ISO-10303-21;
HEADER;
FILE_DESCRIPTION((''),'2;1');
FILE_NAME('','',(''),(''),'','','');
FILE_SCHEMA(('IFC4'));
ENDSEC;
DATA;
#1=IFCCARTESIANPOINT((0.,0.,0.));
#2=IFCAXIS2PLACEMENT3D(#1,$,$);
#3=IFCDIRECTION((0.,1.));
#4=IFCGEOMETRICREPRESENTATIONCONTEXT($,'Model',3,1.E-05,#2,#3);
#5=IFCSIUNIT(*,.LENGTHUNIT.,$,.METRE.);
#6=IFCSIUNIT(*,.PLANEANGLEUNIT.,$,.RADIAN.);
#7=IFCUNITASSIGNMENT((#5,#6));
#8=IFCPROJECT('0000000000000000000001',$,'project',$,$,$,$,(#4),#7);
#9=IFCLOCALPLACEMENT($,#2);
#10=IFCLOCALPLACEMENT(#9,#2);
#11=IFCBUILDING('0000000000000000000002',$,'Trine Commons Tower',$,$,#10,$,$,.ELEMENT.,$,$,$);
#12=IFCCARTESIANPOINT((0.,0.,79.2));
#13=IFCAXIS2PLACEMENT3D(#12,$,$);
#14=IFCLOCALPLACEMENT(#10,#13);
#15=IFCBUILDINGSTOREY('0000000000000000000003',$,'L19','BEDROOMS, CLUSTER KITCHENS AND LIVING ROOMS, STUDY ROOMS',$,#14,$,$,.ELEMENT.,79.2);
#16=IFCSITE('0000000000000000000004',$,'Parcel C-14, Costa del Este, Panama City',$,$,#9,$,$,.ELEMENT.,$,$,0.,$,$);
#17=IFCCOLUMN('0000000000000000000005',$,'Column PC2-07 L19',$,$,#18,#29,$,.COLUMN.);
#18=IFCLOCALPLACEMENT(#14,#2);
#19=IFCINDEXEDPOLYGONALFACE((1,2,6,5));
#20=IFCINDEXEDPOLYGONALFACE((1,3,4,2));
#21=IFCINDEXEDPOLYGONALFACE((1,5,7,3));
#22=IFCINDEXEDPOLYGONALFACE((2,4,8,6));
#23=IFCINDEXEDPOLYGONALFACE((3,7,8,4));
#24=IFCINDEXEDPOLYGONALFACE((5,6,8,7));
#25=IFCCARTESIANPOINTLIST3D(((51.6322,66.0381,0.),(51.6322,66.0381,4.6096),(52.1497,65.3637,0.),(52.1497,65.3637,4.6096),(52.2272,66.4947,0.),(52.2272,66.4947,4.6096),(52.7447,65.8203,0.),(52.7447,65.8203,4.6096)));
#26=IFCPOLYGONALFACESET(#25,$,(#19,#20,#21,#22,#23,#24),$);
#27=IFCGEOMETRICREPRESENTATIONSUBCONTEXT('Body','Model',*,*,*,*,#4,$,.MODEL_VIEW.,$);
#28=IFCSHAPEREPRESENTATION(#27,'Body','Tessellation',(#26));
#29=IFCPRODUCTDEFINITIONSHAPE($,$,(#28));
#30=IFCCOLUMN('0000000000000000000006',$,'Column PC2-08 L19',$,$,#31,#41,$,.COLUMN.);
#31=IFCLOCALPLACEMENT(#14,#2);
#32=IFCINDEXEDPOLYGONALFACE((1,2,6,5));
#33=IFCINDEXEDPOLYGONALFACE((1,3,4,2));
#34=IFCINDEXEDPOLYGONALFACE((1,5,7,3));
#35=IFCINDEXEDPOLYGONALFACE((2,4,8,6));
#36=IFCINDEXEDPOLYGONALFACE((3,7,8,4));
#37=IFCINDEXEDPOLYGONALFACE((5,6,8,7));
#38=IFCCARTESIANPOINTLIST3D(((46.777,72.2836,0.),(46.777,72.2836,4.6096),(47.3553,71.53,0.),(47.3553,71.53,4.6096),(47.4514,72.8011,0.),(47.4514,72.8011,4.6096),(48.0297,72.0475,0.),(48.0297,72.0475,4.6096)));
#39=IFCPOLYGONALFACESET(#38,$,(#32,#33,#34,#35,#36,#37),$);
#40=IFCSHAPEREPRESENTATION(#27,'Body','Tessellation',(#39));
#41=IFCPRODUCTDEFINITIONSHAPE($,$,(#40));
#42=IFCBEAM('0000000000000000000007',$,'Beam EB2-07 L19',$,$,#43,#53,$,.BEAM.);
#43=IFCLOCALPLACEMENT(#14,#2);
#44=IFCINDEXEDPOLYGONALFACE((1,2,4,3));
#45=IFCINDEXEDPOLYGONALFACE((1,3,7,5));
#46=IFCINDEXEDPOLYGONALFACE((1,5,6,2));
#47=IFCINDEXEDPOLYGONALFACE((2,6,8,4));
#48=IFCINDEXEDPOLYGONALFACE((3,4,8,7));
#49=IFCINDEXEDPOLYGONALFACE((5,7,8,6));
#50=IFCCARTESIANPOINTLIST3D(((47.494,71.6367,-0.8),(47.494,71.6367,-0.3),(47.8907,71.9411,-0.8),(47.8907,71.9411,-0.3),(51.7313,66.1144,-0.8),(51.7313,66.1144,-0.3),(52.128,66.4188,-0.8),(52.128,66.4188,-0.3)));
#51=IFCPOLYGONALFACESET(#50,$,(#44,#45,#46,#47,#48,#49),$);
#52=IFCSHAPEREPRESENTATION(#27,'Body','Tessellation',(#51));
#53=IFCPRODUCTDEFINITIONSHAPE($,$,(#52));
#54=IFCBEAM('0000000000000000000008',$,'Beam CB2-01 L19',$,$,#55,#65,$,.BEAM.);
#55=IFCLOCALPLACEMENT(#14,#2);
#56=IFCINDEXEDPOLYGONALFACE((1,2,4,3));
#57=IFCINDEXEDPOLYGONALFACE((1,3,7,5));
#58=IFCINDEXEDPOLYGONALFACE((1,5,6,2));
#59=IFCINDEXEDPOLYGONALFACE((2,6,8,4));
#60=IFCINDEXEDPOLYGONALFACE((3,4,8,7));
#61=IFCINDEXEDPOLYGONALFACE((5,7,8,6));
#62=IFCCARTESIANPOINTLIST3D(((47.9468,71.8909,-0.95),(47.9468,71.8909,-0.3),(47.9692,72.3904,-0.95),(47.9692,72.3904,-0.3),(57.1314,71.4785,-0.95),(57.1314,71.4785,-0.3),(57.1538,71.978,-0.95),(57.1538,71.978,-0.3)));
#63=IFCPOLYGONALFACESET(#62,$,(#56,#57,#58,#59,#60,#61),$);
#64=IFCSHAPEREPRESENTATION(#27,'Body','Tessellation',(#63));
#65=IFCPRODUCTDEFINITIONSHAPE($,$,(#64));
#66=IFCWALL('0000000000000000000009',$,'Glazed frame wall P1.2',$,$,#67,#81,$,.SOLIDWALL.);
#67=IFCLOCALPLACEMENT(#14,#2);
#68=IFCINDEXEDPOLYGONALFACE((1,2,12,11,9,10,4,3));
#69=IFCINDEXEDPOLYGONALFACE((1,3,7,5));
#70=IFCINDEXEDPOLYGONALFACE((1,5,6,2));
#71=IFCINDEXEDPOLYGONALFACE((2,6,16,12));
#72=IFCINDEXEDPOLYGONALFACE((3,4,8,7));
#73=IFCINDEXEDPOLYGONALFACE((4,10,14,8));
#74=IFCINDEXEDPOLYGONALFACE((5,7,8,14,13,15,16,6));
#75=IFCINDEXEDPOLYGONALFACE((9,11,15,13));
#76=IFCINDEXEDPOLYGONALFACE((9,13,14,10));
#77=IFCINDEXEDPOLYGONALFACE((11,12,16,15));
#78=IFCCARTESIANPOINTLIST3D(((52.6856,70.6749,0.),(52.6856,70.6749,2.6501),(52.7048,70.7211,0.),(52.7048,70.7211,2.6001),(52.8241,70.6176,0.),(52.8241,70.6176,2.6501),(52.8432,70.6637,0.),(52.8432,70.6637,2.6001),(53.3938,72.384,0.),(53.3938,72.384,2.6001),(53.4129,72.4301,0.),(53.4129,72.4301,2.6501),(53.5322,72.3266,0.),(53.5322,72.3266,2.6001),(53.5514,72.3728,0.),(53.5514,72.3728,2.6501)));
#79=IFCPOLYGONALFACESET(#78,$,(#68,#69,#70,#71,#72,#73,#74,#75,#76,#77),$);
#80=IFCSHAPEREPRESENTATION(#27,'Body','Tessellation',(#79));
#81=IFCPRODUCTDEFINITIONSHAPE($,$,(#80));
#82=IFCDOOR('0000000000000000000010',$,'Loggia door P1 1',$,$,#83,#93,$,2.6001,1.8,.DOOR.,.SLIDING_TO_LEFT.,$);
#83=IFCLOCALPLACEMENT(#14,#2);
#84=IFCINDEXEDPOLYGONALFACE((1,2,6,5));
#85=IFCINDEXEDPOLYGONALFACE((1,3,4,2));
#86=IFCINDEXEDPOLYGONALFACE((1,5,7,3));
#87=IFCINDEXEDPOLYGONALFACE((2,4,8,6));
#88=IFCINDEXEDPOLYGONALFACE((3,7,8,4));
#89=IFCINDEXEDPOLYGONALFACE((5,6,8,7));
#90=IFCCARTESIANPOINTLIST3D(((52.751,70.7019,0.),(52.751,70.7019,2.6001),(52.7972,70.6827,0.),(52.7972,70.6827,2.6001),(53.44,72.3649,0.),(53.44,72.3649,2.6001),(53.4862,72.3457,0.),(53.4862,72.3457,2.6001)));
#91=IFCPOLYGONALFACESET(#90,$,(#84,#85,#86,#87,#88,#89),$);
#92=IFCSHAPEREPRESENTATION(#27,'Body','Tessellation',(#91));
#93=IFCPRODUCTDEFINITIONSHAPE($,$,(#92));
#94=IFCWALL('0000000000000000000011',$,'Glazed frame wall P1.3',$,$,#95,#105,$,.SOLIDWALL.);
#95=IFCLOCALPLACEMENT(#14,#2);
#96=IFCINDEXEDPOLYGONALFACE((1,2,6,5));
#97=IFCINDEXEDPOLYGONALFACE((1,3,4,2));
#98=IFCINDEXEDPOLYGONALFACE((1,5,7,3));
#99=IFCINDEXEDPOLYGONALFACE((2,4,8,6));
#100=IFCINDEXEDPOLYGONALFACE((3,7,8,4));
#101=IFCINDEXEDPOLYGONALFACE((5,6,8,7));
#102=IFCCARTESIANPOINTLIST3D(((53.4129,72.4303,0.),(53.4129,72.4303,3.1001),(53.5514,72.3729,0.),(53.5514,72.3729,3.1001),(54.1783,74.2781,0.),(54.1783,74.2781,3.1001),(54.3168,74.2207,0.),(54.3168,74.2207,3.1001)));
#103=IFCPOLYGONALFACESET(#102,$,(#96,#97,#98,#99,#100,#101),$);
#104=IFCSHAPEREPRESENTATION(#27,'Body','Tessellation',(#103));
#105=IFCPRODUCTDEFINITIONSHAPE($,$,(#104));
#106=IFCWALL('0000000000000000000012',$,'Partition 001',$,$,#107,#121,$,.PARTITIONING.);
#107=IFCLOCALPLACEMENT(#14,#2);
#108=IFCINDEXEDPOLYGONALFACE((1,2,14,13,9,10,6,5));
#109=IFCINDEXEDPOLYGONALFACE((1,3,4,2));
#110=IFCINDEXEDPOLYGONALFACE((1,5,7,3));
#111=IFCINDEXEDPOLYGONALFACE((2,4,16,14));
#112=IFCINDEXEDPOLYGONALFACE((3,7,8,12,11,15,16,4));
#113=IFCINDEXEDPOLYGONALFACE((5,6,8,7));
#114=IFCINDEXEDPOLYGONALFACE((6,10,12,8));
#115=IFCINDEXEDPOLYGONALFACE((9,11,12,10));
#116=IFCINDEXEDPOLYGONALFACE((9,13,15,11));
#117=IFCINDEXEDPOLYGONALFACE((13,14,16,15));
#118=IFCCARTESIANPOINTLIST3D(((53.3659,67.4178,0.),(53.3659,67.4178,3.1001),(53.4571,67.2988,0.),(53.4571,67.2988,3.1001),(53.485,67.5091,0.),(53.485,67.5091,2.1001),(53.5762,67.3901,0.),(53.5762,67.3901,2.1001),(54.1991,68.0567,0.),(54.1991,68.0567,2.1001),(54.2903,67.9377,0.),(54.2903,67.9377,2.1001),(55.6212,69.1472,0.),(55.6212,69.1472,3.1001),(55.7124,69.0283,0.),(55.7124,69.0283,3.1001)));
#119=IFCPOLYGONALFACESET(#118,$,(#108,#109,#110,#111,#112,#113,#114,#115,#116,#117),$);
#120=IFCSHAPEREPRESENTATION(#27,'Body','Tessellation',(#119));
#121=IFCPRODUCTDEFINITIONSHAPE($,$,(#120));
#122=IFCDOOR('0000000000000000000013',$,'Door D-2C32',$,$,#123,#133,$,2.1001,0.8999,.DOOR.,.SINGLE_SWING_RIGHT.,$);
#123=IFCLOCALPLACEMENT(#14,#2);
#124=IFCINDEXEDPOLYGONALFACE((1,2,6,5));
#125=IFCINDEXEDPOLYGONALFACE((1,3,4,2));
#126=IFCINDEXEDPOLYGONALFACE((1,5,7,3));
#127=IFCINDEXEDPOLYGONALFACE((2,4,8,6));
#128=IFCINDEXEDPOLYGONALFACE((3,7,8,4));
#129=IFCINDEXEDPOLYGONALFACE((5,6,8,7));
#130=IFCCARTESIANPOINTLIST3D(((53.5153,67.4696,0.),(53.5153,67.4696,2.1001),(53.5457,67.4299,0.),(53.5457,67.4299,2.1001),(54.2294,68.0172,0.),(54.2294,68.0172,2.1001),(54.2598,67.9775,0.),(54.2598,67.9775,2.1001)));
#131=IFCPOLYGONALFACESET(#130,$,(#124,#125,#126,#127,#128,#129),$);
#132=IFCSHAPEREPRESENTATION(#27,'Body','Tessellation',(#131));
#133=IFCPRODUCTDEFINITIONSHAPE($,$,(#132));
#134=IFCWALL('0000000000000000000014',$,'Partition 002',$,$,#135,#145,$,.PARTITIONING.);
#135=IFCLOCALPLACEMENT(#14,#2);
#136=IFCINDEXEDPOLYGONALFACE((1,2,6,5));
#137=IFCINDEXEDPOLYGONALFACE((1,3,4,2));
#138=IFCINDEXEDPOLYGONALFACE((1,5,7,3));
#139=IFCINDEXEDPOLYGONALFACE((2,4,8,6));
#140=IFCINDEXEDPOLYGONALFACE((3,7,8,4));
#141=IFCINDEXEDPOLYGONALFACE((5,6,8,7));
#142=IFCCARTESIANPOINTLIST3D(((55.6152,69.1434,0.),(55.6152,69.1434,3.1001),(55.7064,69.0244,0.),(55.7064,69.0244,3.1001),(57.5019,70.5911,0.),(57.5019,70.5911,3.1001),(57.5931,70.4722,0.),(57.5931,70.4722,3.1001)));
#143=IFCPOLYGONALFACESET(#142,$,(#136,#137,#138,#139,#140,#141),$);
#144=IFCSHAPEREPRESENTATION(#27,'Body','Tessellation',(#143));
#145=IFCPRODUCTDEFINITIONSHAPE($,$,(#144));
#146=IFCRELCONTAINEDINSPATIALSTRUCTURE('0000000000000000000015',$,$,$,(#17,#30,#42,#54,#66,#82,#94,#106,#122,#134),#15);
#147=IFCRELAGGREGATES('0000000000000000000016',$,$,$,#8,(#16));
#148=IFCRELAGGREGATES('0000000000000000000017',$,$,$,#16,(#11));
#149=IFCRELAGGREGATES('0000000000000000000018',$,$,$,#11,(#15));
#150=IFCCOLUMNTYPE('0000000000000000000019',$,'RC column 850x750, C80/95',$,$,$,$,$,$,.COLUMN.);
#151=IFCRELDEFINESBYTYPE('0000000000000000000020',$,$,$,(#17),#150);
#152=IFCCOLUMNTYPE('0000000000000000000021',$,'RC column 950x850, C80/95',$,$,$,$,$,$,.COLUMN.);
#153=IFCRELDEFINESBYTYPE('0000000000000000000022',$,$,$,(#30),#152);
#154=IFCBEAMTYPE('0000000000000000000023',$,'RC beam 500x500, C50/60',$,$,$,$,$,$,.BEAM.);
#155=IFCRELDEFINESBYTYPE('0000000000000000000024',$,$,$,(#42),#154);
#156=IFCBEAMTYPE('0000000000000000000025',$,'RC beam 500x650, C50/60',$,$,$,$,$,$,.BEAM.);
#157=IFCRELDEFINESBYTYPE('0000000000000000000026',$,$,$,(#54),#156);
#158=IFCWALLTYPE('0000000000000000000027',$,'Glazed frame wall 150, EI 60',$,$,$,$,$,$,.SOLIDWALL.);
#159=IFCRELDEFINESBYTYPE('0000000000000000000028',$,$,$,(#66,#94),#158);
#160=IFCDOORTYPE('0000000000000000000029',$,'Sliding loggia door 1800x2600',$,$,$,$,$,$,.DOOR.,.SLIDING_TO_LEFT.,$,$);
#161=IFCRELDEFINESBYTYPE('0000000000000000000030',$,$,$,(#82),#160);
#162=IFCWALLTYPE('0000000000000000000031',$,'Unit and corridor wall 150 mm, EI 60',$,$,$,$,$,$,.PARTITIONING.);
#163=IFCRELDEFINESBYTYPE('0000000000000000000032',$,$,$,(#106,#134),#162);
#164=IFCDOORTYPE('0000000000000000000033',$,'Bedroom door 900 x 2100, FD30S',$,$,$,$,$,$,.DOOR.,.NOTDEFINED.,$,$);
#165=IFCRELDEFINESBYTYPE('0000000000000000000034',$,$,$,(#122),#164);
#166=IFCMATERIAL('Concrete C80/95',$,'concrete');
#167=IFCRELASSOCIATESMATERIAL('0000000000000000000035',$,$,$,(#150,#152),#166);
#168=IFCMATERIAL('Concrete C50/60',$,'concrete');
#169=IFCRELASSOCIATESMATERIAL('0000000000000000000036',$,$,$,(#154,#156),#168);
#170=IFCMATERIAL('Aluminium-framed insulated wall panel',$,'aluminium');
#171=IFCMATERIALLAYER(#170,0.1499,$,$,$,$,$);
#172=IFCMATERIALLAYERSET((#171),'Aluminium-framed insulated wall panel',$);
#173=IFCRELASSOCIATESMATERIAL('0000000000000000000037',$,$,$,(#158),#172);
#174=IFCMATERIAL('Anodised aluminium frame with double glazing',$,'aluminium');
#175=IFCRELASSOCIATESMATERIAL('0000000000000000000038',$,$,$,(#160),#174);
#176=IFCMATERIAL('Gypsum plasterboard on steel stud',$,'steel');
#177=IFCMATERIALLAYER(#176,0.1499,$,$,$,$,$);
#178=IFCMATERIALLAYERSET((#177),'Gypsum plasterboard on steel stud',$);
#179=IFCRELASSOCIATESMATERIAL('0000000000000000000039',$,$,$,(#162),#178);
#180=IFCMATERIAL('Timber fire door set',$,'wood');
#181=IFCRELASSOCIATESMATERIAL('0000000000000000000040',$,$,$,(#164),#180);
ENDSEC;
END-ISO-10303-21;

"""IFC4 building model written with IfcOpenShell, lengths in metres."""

from ifc_helpers import new_model, si_unit, direction, frame, frame_2d, origin, origin_2d, place, context, subcontext, project, spatial, polyline, rectangle, outline, extrude, material, layer, layer_set, material_profile, profile_set, type_object, element, fill, save


model = new_model("IFC4")

# Units and contexts
model_context = context("Model", 3, precision=1e-05, world=origin(), true_north=direction((0.0, 1.0)))
body_context = subcontext(model_context, "Body", "Model", "MODEL_VIEW")
ifc_project = project(units=[si_unit("LENGTHUNIT", "METRE"), si_unit("PLANEANGLEUNIT", "RADIAN")], contexts=[model_context])

# Site, building, storey
site_placement = place(None, origin())
site = spatial("IfcSite", under=ifc_project, at=site_placement, Name="Parcel C-14, Costa del Este, Panama City", CompositionType="ELEMENT", RefElevation=0.0)
building_placement = place(site_placement, origin())
building = spatial("IfcBuilding", under=site, at=building_placement, Name="Trine Commons Tower", CompositionType="ELEMENT")
storey_placement = place(building_placement, frame((0.0, 0.0, 79.2)))
storey = spatial("IfcBuildingStorey", under=building, at=storey_placement, Name="L19", Description="BEDROOMS, CLUSTER KITCHENS AND LIVING ROOMS, STUDY ROOMS", CompositionType="ELEMENT", Elevation=79.2)

# Columns
ifc_material_1 = material(Name="Concrete C80/95", Category="concrete")
ifc_material_profile_1 = material_profile(ifc_material_1, rectangle(XDim=0.8501, YDim=0.75, at=origin_2d()), Name="RC 850x750")
ifc_profile_set_1 = profile_set([ifc_material_profile_1], Name="Concrete C80/95")
column_type_1 = type_object("IfcColumnType", Name="RC column 850x750, C80/95", PredefinedType="COLUMN", material=ifc_profile_set_1)
column_1_placement = place(storey_placement, frame((52.1885, 65.9292, 0.0), z_axis=(0.0, 0.0, 1.0), x_axis=(-0.608761, 0.793353, 0.0)))
element("IfcColumn", 1, at=column_1_placement, inside=storey, type_object=column_type_1, Name="Column PC2-07 L19", PredefinedType="COLUMN", context=body_context, shape_type="SweptSolid", body=[
    extrude(rectangle(XDim=0.8501, YDim=0.75, at=origin_2d()), origin(), (0.0, 0.0, 1.0), 4.6096),
])
ifc_material_profile_2 = material_profile(ifc_material_1, rectangle(XDim=0.95, YDim=0.8501, at=origin_2d()), Name="RC 950x850")
ifc_profile_set_2 = profile_set([ifc_material_profile_2], Name="Concrete C80/95")
column_type_2 = type_object("IfcColumnType", Name="RC column 950x850, C80/95", PredefinedType="COLUMN", material=ifc_profile_set_2)
column_2_placement = place(storey_placement, frame((47.4033, 72.1655, 0.0), z_axis=(0.0, 0.0, 1.0), x_axis=(-0.608761, 0.793353, 0.0)))
element("IfcColumn", 2, at=column_2_placement, inside=storey, type_object=column_type_2, Name="Column PC2-08 L19", PredefinedType="COLUMN", context=body_context, shape_type="SweptSolid", body=[
    extrude(rectangle(XDim=0.95, YDim=0.8501, at=origin_2d()), origin(), (0.0, 0.0, 1.0), 4.6096),
])

# Beams
ifc_material_2 = material(Name="Concrete C50/60", Category="concrete")
ifc_material_profile_3 = material_profile(ifc_material_2, rectangle(XDim=0.5, YDim=0.5, at=origin_2d()), Name="RC 500x500")
ifc_profile_set_3 = profile_set([ifc_material_profile_3], Name="Concrete C50/60")
beam_type_1 = type_object("IfcBeamType", Name="RC beam 500x500, C50/60", PredefinedType="BEAM", material=ifc_profile_set_3)
beam_1_placement = place(storey_placement, frame((51.9297, 66.2666, -0.55), z_axis=(-0.608758, 0.793356, 0.0), x_axis=(-0.793356, -0.608758, 0.0)))
element("IfcBeam", 3, at=beam_1_placement, inside=storey, type_object=beam_type_1, Name="Beam EB2-07 L19", PredefinedType="BEAM", context=body_context, shape_type="SweptSolid", body=[
    extrude(rectangle(XDim=0.5, YDim=0.5, at=origin_2d()), origin(), (0.0, 0.0, 1.0), 6.9607),
])
ifc_material_profile_4 = material_profile(ifc_material_2, rectangle(XDim=0.5, YDim=0.6499, at=origin_2d()), Name="RC 500x650")
ifc_profile_set_4 = profile_set([ifc_material_profile_4], Name="Concrete C50/60")
beam_type_2 = type_object("IfcBeamType", Name="RC beam 500x650, C50/60", PredefinedType="BEAM", material=ifc_profile_set_4)
beam_2_placement = place(storey_placement, frame((47.958, 72.1406, -0.625), z_axis=(0.998994, -0.044851, 0.0), x_axis=(0.044851, 0.998994, 0.0)))
element("IfcBeam", 4, at=beam_2_placement, inside=storey, type_object=beam_type_2, Name="Beam CB2-01 L19", PredefinedType="BEAM", context=body_context, shape_type="SweptSolid", body=[
    extrude(rectangle(XDim=0.5, YDim=0.6499, at=origin_2d()), origin(), (0.0, 0.0, 1.0), 9.1938),
])

# Shared definitions
ifc_material_3 = material(Name="Aluminium-framed insulated wall panel", Category="aluminium")
ifc_layer_1 = layer(ifc_material_3, 0.1499)
ifc_layer_set_1 = layer_set([ifc_layer_1], Name="Aluminium-framed insulated wall panel")
wall_type_1 = type_object("IfcWallType", Name="Glazed frame wall 150, EI 60", PredefinedType="SOLIDWALL", material=ifc_layer_set_1)

# Wall, opening, door
wall_1_placement = place(storey_placement, frame((52.7549, 70.6462, 0.0), z_axis=(0.0, 0.0, 1.0), x_axis=(0.382772, 0.923843, 0.0)))
wall_1 = element("IfcWall", 5, at=wall_1_placement, inside=storey, type_object=wall_type_1, Name="Glazed frame wall P1.2", PredefinedType="SOLIDWALL", context=body_context, shape_type="SweptSolid", body=[
    extrude(outline(polyline([(0.0, -0.075), (1.8999, -0.075), (1.8999, 0.075), (0.0, 0.075), (0.0, -0.075)])), origin(), (0.0, 0.0, 1.0), 2.6501),
])
opening_1_placement = place(wall_1_placement, frame((0.05, 0.0, 0.0)))
opening_1 = element("IfcOpeningElement", 6, at=opening_1_placement, cuts=wall_1, PredefinedType="OPENING", context=body_context, shape_type="SweptSolid", body=[
    extrude(rectangle(XDim=1.8, YDim=2.6001, at=frame_2d((0.8999, 1.3))), frame((0.0, 0.085, 0.0), z_axis=(0.0, -1.0, 0.0), x_axis=(1.0, 0.0, 0.0)), (0.0, 0.0, 1.0), 0.1699),
])
ifc_material_4 = material(Name="Anodised aluminium frame with double glazing", Category="aluminium")
door_type_1 = type_object("IfcDoorType", Name="Sliding loggia door 1800x2600", OperationType="SLIDING_TO_LEFT", PredefinedType="DOOR", material=ifc_material_4)
door_1_placement = place(opening_1_placement, origin())
door_1 = element("IfcDoor", 7, at=door_1_placement, inside=storey, type_object=door_type_1, Name="Loggia door P1 1", OperationType="SLIDING_TO_LEFT", OverallHeight=2.6001, OverallWidth=1.8, PredefinedType="DOOR", context=body_context, shape_type="SweptSolid", body=[
    extrude(rectangle(XDim=1.8, YDim=2.6001, at=frame_2d((0.8999, 1.3))), frame((0.0, 0.0249, 0.0), z_axis=(0.0, -1.0, 0.0), x_axis=(1.0, 0.0, 0.0)), (0.0, 0.0, 1.0), 0.05),
])
fill(opening_1, door_1)

# Wall
wall_2_placement = place(storey_placement, frame((53.4822, 72.4016, 0.0), z_axis=(0.0, 0.0, 1.0), x_axis=(0.382664, 0.923887, 0.0)))
element("IfcWall", 8, at=wall_2_placement, inside=storey, type_object=wall_type_1, Name="Glazed frame wall P1.3", PredefinedType="SOLIDWALL", context=body_context, shape_type="SweptSolid", body=[
    extrude(outline(polyline([(0.0, -0.075), (2.0, -0.075), (2.0, 0.075), (0.0, 0.075), (0.0, -0.075)])), origin(), (0.0, 0.0, 1.0), 3.1001),
])

# Wall, opening, door
ifc_material_5 = material(Name="Gypsum plasterboard on steel stud", Category="steel")
ifc_layer_2 = layer(ifc_material_5, 0.1499)
ifc_layer_set_2 = layer_set([ifc_layer_2], Name="Gypsum plasterboard on steel stud")
wall_type_2 = type_object("IfcWallType", Name="Unit and corridor wall 150 mm, EI 60", PredefinedType="PARTITIONING", material=ifc_layer_set_2)
wall_3_placement = place(storey_placement, frame((53.4116, 67.3584, 0.0), z_axis=(0.0, 0.0, 1.0), x_axis=(0.793543, 0.608514, 0.0)))
wall_3 = element("IfcWall", 9, at=wall_3_placement, inside=storey, type_object=wall_type_2, Name="Partition 001", PredefinedType="PARTITIONING", context=body_context, shape_type="SweptSolid", body=[
    extrude(rectangle(XDim=2.842, YDim=0.1499, at=frame_2d((1.4209, 0.0))), origin(), (0.0, 0.0, 1.0), 3.1001),
])
opening_2_placement = place(wall_3_placement, frame((0.1499, 0.0, 0.0)))
opening_2 = element("IfcOpeningElement", 10, at=opening_2_placement, cuts=wall_3, PredefinedType="OPENING", context=body_context, shape_type="SweptSolid", body=[
    extrude(rectangle(XDim=0.8999, YDim=2.1001, at=frame_2d((0.45, 1.05))), frame((0.0, 0.085, 0.0), z_axis=(0.0, -1.0, 0.0), x_axis=(1.0, 0.0, 0.0)), (0.0, 0.0, 1.0), 0.1699),
])
ifc_material_6 = material(Name="Timber fire door set", Category="wood")
door_type_2 = type_object("IfcDoorType", Name="Bedroom door 900 x 2100, FD30S", OperationType="NOTDEFINED", PredefinedType="DOOR", material=ifc_material_6)
door_2_placement = place(opening_2_placement, frame((0.8999, 0.0, 0.0), z_axis=(0.0, 0.0, 1.0), x_axis=(-1.0, 0.0, 0.0)))
door_2 = element("IfcDoor", 11, at=door_2_placement, inside=storey, type_object=door_type_2, Name="Door D-2C32", OperationType="SINGLE_SWING_RIGHT", OverallHeight=2.1001, OverallWidth=0.8999, PredefinedType="DOOR", context=body_context, shape_type="SweptSolid", body=[
    extrude(rectangle(XDim=0.8999, YDim=2.1001, at=frame_2d((0.45, 1.05))), frame((0.0, 0.0249, 0.0), z_axis=(0.0, -1.0, 0.0), x_axis=(1.0, 0.0, 0.0)), (0.0, 0.0, 1.0), 0.05),
])
fill(opening_2, door_2)

# Wall
wall_4_placement = place(storey_placement, frame((55.6609, 69.084, 0.0), z_axis=(0.0, 0.0, 1.0), x_axis=(0.793349, 0.608768, 0.0)))
element("IfcWall", 12, at=wall_4_placement, inside=storey, type_object=wall_type_2, Name="Partition 002", PredefinedType="PARTITIONING", context=body_context, shape_type="SweptSolid", body=[
    extrude(rectangle(XDim=2.3782, YDim=0.1499, at=frame_2d((1.189, 0.0))), origin(), (0.0, 0.0, 1.0), 3.1001),
])

save(model, "model.ifc")
